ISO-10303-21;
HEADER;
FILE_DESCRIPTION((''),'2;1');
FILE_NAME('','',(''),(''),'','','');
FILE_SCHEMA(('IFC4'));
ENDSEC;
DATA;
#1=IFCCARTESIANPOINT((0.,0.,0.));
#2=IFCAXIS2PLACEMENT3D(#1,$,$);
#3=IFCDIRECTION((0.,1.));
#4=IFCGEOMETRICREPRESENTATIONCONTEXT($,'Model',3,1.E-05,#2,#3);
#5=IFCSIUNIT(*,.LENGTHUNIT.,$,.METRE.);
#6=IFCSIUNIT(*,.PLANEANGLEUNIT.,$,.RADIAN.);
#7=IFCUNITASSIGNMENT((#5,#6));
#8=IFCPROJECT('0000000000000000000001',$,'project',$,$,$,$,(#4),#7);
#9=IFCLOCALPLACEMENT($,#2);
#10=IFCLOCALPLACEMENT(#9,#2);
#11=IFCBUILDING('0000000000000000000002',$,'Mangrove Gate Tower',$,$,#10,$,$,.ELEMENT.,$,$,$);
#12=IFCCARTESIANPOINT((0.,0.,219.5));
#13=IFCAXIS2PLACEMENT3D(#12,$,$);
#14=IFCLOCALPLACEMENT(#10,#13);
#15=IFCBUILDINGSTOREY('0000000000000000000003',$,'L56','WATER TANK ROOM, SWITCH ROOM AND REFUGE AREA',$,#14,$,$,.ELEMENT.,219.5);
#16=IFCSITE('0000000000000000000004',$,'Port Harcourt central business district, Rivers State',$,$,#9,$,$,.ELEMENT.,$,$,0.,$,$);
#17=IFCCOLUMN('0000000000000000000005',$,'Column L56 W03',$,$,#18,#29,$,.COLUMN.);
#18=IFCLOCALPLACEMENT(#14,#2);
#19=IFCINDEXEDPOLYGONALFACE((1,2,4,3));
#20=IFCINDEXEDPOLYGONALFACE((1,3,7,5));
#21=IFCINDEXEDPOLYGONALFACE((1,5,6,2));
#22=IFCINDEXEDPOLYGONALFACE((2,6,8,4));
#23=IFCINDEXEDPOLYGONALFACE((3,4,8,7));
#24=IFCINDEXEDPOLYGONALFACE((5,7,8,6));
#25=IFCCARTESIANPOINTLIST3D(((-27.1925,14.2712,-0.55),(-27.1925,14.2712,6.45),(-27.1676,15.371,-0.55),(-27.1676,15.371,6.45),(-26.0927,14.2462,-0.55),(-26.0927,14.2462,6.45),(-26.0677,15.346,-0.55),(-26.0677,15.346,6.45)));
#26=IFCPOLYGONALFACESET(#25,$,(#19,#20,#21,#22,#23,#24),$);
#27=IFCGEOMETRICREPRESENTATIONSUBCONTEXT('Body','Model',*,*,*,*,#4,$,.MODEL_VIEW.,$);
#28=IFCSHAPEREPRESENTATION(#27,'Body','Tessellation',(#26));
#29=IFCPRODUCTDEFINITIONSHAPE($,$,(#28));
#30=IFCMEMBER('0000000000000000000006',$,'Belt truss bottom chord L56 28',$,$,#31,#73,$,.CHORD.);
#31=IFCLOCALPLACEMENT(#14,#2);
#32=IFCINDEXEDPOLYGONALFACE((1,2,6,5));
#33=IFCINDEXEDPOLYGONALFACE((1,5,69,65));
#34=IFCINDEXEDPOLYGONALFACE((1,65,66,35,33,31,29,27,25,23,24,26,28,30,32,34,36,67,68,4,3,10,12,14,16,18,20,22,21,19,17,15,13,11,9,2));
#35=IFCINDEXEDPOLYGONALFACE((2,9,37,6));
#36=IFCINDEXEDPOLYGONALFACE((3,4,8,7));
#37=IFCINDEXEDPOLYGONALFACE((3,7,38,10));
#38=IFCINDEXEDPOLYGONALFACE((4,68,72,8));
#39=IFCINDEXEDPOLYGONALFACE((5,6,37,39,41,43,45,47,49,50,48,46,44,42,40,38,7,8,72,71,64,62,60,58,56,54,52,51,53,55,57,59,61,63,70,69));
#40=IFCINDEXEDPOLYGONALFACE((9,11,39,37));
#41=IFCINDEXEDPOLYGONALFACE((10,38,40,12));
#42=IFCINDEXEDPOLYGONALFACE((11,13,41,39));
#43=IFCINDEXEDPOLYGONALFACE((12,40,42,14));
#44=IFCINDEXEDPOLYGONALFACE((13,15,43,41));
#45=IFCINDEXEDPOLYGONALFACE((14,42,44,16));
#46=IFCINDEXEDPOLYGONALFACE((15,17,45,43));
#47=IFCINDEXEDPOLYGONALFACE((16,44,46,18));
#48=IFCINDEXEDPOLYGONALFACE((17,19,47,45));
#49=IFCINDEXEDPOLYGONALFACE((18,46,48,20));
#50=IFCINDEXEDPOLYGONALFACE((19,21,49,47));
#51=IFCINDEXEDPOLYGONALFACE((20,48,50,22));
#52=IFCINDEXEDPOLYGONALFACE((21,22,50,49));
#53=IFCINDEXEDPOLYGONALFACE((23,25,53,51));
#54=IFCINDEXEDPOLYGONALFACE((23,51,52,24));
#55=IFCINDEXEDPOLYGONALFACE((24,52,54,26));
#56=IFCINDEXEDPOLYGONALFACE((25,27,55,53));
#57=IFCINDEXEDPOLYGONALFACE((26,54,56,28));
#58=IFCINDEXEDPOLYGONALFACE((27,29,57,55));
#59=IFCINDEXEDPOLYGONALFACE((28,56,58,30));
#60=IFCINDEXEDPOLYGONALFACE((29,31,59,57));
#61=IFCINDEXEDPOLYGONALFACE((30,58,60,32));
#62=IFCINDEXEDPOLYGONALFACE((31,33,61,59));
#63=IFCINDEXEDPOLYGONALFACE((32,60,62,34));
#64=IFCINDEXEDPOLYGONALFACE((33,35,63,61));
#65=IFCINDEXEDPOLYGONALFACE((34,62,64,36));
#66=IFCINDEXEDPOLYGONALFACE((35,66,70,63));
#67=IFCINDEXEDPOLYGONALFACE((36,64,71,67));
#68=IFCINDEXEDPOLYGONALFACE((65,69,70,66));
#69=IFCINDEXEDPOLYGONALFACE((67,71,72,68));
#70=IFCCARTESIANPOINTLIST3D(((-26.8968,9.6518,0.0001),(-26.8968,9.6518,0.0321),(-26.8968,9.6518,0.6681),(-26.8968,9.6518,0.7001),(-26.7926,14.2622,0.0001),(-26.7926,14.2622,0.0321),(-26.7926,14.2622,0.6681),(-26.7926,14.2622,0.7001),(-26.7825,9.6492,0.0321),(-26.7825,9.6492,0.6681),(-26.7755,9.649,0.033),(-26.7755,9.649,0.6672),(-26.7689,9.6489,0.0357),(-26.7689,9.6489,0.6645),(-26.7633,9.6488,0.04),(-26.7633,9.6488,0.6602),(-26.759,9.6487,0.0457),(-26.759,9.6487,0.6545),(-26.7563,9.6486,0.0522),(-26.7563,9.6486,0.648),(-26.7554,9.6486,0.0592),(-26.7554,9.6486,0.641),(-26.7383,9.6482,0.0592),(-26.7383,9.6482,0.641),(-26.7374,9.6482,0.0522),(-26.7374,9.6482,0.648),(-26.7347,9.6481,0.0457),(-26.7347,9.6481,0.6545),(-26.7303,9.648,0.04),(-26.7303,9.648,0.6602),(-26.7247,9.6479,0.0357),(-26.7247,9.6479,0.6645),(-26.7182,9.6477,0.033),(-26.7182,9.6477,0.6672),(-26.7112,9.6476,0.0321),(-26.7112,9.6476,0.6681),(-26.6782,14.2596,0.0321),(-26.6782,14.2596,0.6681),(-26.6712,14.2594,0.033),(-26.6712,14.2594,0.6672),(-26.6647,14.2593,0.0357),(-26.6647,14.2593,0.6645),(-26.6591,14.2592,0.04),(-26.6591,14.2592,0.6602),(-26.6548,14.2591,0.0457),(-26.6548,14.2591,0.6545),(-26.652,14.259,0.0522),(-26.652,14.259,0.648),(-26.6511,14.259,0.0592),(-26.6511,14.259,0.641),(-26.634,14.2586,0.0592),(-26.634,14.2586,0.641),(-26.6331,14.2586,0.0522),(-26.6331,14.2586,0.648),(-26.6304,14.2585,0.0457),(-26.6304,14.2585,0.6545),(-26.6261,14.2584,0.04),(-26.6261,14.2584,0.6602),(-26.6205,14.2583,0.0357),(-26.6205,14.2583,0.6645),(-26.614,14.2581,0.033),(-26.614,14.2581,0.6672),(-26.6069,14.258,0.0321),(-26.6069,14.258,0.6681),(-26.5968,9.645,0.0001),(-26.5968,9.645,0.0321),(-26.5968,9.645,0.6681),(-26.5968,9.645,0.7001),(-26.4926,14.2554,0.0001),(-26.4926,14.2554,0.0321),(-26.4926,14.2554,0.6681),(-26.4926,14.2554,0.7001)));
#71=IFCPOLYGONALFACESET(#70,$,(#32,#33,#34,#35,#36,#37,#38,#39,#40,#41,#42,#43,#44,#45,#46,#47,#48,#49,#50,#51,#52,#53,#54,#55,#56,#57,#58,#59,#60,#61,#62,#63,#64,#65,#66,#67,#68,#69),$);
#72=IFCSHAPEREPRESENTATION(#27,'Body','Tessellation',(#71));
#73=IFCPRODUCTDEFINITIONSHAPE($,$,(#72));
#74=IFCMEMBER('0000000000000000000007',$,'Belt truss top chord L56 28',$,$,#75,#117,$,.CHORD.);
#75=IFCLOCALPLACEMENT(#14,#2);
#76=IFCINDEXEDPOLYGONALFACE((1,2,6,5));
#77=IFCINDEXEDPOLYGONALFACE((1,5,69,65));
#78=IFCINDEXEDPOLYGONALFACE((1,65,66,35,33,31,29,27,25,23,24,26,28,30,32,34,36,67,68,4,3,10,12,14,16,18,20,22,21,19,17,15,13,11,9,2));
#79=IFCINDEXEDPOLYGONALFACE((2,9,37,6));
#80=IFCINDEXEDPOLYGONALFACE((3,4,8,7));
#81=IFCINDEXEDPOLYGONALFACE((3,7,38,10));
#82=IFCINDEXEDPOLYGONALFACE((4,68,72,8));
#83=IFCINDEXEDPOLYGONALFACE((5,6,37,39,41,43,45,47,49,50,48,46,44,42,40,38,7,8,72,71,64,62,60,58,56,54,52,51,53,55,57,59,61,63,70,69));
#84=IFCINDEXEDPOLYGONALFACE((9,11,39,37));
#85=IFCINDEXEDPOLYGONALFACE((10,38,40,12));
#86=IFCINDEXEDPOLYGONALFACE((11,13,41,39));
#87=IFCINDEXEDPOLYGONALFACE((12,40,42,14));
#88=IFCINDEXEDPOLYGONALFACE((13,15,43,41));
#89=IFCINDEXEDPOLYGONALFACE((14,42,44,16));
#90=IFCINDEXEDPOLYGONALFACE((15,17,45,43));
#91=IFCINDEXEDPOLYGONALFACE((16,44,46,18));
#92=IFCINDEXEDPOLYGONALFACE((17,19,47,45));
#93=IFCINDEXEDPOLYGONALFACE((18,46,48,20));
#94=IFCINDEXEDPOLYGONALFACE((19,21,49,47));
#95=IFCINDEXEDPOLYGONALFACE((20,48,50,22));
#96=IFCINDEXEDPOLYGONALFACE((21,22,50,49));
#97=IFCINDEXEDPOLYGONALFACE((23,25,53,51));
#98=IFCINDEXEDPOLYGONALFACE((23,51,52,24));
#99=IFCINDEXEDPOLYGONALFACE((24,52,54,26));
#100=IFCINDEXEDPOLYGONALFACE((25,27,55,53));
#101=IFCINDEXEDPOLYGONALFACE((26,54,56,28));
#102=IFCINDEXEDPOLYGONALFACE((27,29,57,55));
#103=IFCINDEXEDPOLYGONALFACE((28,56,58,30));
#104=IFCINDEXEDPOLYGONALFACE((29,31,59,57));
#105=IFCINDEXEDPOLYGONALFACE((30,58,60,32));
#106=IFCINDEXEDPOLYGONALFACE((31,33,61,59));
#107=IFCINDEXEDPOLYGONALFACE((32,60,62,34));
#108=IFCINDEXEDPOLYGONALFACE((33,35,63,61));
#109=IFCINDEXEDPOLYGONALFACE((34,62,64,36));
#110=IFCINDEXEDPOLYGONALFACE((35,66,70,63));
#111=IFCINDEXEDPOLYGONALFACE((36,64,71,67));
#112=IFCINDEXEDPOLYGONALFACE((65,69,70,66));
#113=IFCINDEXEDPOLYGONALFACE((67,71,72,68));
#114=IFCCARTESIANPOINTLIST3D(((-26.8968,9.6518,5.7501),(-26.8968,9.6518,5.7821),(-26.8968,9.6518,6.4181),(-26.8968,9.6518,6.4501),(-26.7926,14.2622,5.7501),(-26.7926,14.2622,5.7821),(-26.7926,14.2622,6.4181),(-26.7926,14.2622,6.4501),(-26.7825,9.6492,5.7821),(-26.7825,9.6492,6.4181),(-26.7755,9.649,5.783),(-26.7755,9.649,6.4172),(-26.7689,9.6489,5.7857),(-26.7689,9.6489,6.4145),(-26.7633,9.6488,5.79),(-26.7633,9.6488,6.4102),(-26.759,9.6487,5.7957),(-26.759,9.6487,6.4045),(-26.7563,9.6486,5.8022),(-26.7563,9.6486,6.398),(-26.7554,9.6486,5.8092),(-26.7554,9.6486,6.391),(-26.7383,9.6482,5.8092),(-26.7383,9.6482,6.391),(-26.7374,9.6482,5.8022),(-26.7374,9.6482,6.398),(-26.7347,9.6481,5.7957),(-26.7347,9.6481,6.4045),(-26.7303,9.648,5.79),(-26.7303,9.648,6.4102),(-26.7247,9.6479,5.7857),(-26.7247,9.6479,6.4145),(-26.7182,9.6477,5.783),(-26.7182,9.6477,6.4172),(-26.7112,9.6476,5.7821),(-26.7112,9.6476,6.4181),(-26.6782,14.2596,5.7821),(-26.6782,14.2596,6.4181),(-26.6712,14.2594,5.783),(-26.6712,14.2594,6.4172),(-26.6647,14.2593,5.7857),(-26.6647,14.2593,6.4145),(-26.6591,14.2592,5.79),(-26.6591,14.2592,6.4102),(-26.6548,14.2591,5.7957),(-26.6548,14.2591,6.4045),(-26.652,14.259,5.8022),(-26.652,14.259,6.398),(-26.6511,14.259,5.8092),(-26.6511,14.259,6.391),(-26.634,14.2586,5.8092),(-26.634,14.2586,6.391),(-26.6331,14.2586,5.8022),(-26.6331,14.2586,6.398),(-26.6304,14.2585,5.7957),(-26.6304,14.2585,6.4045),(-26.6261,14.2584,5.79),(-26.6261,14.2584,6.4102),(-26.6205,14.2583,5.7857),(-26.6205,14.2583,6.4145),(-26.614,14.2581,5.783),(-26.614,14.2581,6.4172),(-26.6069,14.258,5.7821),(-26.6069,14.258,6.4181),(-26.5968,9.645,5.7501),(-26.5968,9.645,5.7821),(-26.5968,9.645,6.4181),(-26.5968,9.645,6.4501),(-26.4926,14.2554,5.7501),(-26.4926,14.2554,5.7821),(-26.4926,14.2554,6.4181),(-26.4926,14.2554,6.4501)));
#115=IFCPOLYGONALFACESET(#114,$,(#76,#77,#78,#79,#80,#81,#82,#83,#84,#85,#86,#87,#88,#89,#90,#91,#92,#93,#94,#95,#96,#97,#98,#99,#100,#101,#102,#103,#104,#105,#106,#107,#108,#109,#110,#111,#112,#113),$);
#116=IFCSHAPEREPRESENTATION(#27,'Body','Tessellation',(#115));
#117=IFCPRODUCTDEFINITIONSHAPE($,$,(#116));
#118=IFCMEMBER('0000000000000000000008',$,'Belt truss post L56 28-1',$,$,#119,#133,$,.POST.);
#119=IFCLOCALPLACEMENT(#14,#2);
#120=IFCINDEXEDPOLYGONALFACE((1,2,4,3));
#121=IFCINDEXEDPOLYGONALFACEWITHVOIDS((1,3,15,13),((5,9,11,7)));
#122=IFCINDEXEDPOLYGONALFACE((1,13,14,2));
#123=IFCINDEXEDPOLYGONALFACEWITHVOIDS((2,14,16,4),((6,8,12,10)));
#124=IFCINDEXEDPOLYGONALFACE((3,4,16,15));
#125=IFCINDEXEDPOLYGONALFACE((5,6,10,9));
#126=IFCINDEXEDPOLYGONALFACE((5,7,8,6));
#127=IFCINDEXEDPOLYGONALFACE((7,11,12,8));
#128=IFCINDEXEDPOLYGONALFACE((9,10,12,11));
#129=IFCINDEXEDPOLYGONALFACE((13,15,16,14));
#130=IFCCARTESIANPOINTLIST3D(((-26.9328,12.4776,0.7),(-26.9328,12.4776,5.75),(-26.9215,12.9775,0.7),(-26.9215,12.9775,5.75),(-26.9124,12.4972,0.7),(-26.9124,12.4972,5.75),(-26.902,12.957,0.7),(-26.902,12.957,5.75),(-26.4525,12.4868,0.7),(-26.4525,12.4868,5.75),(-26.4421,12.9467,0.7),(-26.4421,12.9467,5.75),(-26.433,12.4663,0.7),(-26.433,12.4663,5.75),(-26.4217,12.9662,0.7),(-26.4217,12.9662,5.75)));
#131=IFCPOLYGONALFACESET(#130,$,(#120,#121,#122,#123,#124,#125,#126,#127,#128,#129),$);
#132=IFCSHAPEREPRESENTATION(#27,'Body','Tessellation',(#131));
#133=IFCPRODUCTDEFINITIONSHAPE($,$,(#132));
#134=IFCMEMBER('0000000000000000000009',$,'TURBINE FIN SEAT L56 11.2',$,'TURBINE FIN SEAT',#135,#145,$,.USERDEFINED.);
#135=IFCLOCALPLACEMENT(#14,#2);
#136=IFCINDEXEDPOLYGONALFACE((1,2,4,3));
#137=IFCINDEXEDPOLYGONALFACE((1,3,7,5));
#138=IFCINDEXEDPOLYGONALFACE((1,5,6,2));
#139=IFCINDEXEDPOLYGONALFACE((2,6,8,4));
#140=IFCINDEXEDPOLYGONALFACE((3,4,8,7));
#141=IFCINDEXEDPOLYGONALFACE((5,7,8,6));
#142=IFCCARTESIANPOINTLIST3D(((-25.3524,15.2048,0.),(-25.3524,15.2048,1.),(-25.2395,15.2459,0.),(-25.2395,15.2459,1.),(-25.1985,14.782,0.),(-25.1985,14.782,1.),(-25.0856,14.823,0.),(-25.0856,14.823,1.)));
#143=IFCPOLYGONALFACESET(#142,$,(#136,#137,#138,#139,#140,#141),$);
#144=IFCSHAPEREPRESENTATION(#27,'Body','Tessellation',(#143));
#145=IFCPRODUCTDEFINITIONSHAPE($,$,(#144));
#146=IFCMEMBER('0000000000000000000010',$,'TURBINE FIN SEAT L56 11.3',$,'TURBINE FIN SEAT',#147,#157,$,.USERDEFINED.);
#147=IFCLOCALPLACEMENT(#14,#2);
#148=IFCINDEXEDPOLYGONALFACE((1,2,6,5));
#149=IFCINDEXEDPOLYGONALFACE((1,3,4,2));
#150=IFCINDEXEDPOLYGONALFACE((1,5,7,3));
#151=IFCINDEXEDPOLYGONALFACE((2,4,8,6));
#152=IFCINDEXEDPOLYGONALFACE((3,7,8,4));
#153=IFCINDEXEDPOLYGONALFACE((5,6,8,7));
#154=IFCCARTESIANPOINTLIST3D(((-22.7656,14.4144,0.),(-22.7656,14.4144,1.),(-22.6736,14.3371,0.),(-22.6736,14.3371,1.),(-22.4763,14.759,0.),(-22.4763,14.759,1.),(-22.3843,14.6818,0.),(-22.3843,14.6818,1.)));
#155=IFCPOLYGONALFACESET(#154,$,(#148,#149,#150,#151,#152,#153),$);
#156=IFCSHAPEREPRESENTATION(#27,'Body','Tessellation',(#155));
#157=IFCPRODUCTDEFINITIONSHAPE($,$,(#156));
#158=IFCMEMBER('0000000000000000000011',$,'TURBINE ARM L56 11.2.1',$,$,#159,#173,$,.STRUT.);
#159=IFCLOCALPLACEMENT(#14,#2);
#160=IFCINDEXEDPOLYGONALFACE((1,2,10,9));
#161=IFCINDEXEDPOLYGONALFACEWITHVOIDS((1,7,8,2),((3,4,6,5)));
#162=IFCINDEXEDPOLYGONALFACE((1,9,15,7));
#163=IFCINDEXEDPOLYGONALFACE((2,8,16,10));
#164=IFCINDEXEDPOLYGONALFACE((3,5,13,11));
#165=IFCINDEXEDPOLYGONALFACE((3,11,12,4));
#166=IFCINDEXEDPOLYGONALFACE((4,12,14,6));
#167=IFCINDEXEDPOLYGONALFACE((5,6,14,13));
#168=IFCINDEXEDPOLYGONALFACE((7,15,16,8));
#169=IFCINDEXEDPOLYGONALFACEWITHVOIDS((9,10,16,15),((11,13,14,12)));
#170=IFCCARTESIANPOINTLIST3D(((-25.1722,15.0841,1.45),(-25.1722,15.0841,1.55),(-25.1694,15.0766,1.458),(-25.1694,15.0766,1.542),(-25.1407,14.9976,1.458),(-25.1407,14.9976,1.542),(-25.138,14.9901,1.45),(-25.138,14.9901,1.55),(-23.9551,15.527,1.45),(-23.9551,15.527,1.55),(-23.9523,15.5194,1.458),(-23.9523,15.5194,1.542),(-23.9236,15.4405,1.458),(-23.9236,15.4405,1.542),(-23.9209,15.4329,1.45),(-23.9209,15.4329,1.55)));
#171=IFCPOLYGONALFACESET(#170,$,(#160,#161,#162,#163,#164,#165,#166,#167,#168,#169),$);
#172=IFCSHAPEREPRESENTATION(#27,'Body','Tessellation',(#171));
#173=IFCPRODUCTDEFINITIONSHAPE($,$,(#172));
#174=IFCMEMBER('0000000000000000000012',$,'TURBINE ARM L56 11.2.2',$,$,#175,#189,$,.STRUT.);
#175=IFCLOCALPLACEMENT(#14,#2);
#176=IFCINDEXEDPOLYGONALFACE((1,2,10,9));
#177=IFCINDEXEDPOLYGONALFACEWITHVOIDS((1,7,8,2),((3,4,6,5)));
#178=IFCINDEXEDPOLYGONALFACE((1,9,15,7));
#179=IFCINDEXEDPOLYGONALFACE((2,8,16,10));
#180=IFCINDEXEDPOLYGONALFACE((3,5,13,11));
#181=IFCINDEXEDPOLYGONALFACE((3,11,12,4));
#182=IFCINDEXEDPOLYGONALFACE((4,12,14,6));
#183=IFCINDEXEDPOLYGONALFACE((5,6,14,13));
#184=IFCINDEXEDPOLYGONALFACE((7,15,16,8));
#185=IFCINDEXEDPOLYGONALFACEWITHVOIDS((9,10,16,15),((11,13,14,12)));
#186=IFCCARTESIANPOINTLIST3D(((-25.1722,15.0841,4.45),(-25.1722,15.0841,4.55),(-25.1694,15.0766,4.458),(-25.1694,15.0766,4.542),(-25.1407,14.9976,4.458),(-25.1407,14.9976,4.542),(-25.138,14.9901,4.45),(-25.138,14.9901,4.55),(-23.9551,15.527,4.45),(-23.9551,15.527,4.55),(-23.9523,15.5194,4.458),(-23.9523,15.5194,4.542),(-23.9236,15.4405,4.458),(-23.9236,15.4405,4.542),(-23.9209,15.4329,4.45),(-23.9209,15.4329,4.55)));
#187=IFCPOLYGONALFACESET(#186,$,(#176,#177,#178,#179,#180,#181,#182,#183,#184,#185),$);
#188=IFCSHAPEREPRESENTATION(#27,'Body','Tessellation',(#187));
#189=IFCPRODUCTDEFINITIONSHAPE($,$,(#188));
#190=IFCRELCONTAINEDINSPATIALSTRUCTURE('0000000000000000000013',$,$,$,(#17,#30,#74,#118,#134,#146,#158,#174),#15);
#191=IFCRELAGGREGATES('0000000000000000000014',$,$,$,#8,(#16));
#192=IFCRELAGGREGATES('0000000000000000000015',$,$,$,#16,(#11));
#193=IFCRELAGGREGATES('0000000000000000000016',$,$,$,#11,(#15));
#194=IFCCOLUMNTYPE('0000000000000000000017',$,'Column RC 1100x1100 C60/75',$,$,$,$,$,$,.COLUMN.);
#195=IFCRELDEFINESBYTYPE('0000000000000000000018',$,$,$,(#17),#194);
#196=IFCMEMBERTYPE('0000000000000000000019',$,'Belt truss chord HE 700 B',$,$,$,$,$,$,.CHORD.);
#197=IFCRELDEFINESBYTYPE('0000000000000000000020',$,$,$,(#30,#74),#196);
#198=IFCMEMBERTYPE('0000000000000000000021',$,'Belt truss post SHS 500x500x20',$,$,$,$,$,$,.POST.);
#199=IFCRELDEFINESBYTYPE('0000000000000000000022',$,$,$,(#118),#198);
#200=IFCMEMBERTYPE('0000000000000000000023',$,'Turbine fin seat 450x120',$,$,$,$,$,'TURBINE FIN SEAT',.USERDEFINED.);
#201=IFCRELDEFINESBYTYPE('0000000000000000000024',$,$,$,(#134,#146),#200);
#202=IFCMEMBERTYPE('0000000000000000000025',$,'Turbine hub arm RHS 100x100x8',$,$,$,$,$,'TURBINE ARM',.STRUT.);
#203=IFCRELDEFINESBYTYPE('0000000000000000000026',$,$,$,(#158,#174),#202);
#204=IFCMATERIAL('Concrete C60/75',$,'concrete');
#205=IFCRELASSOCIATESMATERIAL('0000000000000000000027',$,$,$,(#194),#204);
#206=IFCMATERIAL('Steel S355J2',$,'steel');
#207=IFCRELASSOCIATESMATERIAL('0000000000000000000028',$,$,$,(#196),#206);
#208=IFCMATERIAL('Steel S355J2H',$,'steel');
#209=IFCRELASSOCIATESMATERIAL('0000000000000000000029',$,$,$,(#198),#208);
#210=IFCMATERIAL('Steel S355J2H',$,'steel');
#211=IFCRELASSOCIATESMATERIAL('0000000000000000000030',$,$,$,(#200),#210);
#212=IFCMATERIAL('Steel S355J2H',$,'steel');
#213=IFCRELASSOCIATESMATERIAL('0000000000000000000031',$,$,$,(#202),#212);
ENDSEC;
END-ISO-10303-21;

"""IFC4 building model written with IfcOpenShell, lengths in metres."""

from ifc_helpers import new_model, si_unit, direction, frame, origin, origin_2d, place, context, subcontext, project, spatial, rectangle, hollow_rectangle, i_section, extrude, material, material_profile, profile_set, type_object, element, save


model = new_model("IFC4")

# Units and contexts
model_context = context("Model", 3, precision=1e-05, world=origin(), true_north=direction((0.0, 1.0)))
body_context = subcontext(model_context, "Body", "Model", "MODEL_VIEW")
ifc_project = project(units=[si_unit("LENGTHUNIT", "METRE"), si_unit("PLANEANGLEUNIT", "RADIAN")], contexts=[model_context])

# Site, building, storey
site_placement = place(None, origin())
site = spatial("IfcSite", under=ifc_project, at=site_placement, Name="Port Harcourt central business district, Rivers State", CompositionType="ELEMENT", RefElevation=0.0)
building_placement = place(site_placement, origin())
building = spatial("IfcBuilding", under=site, at=building_placement, Name="Mangrove Gate Tower", CompositionType="ELEMENT")
storey_placement = place(building_placement, frame((0.0, 0.0, 219.5)))
storey = spatial("IfcBuildingStorey", under=building, at=storey_placement, Name="L56", Description="WATER TANK ROOM, SWITCH ROOM AND REFUGE AREA", CompositionType="ELEMENT", Elevation=219.5)

# Column
ifc_material_1 = material(Name="Concrete C60/75", Category="concrete")
ifc_material_profile_1 = material_profile(ifc_material_1, rectangle(XDim=1.1001, YDim=1.1001, at=origin_2d()))
ifc_profile_set_1 = profile_set([ifc_material_profile_1], Name="Concrete C60/75")
column_type = type_object("IfcColumnType", Name="Column RC 1100x1100 C60/75", PredefinedType="COLUMN", material=ifc_profile_set_1)
column_placement = place(storey_placement, frame((-26.6301, 14.8086, -0.55), z_axis=(0.0, 0.0, 1.0), x_axis=(-0.022672, -0.999743, 0.0)))
element("IfcColumn", 1, at=column_placement, inside=storey, type_object=column_type, Name="Column L56 W03", PredefinedType="COLUMN", context=body_context, shape_type="SweptSolid", body=[
    extrude(rectangle(XDim=1.1001, YDim=1.1001, at=origin_2d()), origin(), (0.0, 0.0, 1.0), 7.0),
])

# Members
ifc_material_2 = material(Name="Steel S355J2", Category="steel")
ifc_material_profile_2 = material_profile(ifc_material_2, i_section(OverallWidth=0.3, OverallDepth=0.7, WebThickness=0.0171, FlangeThickness=0.032, FilletRadius=0.0271, at=origin_2d()))
ifc_profile_set_2 = profile_set([ifc_material_profile_2], Name="Steel S355J2")
member_type_1 = type_object("IfcMemberType", Name="Belt truss chord HE 700 B", PredefinedType="CHORD", material=ifc_profile_set_2)
for number, where, z_axis, x_axis, name in (
    (2, (-26.6426, 14.2588, 0.3501), (-0.022606, -0.999744, 0.0), (0.999744, -0.022606, 0.0), "Belt truss bottom chord L56 28"),
    (3, (-26.6426, 14.2588, 6.1001), (-0.022606, -0.999744, 0.0), (0.999744, -0.022606, 0.0), "Belt truss top chord L56 28"),
):
    element("IfcMember", number, at=place(storey_placement, frame(where, z_axis=z_axis, x_axis=x_axis)), inside=storey, type_object=member_type_1, Name=name, PredefinedType="CHORD", context=body_context, shape_type="SweptSolid", body=[
        extrude(i_section(OverallWidth=0.3, OverallDepth=0.7, WebThickness=0.0171, FlangeThickness=0.032, FilletRadius=0.0271, at=origin_2d()), origin(), (0.0, 0.0, 1.0), 4.6116),
    ])
ifc_material_3 = material(Name="Steel S355J2H", Category="steel")
ifc_material_profile_3 = material_profile(ifc_material_3, hollow_rectangle(XDim=0.5, YDim=0.5, WallThickness=0.02, at=origin_2d()))
ifc_profile_set_3 = profile_set([ifc_material_profile_3], Name="Steel S355J2H")
member_type_2 = type_object("IfcMemberType", Name="Belt truss post SHS 500x500x20", PredefinedType="POST", material=ifc_profile_set_3)
member_placement = place(storey_placement, frame((-26.6772, 12.7219, 0.7), z_axis=(0.0, 0.0, 1.0), x_axis=(-0.022586, -0.999745, 0.0)))
element("IfcMember", 4, at=member_placement, inside=storey, type_object=member_type_2, Name="Belt truss post L56 28-1", PredefinedType="POST", context=body_context, shape_type="SweptSolid", body=[
    extrude(hollow_rectangle(XDim=0.5, YDim=0.5, WallThickness=0.02, at=origin_2d()), origin(), (0.0, 0.0, 1.0), 5.05),
])
ifc_material_4 = material(Name="Steel S355J2H", Category="steel")
ifc_material_profile_4 = material_profile(ifc_material_4, rectangle(XDim=0.45, YDim=0.1201, at=origin_2d()))
ifc_profile_set_4 = profile_set([ifc_material_profile_4], Name="Steel S355J2H")
member_type_3 = type_object("IfcMemberType", Name="Turbine fin seat 450x120", ElementType="TURBINE FIN SEAT", PredefinedType="USERDEFINED", material=ifc_profile_set_4)
for number, where, z_axis, x_axis, name in (
    (5, (-25.219, 15.0139, 0.0), (0.0, 0.0, 1.0), (0.34202, -0.939693, 0.0), "TURBINE FIN SEAT L56 11.2"),
    (6, (-22.575, 14.5481, 0.0), (0.0, 0.0, 1.0), (0.642788, 0.766044, 0.0), "TURBINE FIN SEAT L56 11.3"),
):
    element("IfcMember", number, at=place(storey_placement, frame(where, z_axis=z_axis, x_axis=x_axis)), inside=storey, type_object=member_type_3, Name=name, ObjectType="TURBINE FIN SEAT", PredefinedType="USERDEFINED", context=body_context, shape_type="SweptSolid", body=[
        extrude(rectangle(XDim=0.45, YDim=0.1201, at=origin_2d()), origin(), (0.0, 0.0, 1.0), 1.0),
    ])
ifc_material_5 = material(Name="Steel S355J2H", Category="steel")
ifc_material_profile_5 = material_profile(ifc_material_5, hollow_rectangle(XDim=0.1001, YDim=0.1001, WallThickness=0.0081, at=origin_2d()))
ifc_profile_set_5 = profile_set([ifc_material_profile_5], Name="Steel S355J2H")
member_type_4 = type_object("IfcMemberType", Name="Turbine hub arm RHS 100x100x8", ElementType="TURBINE ARM", PredefinedType="STRUT", material=ifc_profile_set_5)
for number, where, z_axis, x_axis, name in (
    (7, (-23.938, 15.48, 1.5), (-0.939716, -0.341955, 0.0), (0.341955, -0.939716, 0.0), "TURBINE ARM L56 11.2.1"),
    (8, (-23.938, 15.48, 4.5), (-0.939716, -0.341955, 0.0), (0.341955, -0.939716, 0.0), "TURBINE ARM L56 11.2.2"),
):
    element("IfcMember", number, at=place(storey_placement, frame(where, z_axis=z_axis, x_axis=x_axis)), inside=storey, type_object=member_type_4, Name=name, PredefinedType="STRUT", context=body_context, shape_type="SweptSolid", body=[
        extrude(hollow_rectangle(XDim=0.1001, YDim=0.1001, WallThickness=0.0081, at=origin_2d()), origin(), (0.0, 0.0, 1.0), 1.2952),
    ])

save(model, "model.ifc")
